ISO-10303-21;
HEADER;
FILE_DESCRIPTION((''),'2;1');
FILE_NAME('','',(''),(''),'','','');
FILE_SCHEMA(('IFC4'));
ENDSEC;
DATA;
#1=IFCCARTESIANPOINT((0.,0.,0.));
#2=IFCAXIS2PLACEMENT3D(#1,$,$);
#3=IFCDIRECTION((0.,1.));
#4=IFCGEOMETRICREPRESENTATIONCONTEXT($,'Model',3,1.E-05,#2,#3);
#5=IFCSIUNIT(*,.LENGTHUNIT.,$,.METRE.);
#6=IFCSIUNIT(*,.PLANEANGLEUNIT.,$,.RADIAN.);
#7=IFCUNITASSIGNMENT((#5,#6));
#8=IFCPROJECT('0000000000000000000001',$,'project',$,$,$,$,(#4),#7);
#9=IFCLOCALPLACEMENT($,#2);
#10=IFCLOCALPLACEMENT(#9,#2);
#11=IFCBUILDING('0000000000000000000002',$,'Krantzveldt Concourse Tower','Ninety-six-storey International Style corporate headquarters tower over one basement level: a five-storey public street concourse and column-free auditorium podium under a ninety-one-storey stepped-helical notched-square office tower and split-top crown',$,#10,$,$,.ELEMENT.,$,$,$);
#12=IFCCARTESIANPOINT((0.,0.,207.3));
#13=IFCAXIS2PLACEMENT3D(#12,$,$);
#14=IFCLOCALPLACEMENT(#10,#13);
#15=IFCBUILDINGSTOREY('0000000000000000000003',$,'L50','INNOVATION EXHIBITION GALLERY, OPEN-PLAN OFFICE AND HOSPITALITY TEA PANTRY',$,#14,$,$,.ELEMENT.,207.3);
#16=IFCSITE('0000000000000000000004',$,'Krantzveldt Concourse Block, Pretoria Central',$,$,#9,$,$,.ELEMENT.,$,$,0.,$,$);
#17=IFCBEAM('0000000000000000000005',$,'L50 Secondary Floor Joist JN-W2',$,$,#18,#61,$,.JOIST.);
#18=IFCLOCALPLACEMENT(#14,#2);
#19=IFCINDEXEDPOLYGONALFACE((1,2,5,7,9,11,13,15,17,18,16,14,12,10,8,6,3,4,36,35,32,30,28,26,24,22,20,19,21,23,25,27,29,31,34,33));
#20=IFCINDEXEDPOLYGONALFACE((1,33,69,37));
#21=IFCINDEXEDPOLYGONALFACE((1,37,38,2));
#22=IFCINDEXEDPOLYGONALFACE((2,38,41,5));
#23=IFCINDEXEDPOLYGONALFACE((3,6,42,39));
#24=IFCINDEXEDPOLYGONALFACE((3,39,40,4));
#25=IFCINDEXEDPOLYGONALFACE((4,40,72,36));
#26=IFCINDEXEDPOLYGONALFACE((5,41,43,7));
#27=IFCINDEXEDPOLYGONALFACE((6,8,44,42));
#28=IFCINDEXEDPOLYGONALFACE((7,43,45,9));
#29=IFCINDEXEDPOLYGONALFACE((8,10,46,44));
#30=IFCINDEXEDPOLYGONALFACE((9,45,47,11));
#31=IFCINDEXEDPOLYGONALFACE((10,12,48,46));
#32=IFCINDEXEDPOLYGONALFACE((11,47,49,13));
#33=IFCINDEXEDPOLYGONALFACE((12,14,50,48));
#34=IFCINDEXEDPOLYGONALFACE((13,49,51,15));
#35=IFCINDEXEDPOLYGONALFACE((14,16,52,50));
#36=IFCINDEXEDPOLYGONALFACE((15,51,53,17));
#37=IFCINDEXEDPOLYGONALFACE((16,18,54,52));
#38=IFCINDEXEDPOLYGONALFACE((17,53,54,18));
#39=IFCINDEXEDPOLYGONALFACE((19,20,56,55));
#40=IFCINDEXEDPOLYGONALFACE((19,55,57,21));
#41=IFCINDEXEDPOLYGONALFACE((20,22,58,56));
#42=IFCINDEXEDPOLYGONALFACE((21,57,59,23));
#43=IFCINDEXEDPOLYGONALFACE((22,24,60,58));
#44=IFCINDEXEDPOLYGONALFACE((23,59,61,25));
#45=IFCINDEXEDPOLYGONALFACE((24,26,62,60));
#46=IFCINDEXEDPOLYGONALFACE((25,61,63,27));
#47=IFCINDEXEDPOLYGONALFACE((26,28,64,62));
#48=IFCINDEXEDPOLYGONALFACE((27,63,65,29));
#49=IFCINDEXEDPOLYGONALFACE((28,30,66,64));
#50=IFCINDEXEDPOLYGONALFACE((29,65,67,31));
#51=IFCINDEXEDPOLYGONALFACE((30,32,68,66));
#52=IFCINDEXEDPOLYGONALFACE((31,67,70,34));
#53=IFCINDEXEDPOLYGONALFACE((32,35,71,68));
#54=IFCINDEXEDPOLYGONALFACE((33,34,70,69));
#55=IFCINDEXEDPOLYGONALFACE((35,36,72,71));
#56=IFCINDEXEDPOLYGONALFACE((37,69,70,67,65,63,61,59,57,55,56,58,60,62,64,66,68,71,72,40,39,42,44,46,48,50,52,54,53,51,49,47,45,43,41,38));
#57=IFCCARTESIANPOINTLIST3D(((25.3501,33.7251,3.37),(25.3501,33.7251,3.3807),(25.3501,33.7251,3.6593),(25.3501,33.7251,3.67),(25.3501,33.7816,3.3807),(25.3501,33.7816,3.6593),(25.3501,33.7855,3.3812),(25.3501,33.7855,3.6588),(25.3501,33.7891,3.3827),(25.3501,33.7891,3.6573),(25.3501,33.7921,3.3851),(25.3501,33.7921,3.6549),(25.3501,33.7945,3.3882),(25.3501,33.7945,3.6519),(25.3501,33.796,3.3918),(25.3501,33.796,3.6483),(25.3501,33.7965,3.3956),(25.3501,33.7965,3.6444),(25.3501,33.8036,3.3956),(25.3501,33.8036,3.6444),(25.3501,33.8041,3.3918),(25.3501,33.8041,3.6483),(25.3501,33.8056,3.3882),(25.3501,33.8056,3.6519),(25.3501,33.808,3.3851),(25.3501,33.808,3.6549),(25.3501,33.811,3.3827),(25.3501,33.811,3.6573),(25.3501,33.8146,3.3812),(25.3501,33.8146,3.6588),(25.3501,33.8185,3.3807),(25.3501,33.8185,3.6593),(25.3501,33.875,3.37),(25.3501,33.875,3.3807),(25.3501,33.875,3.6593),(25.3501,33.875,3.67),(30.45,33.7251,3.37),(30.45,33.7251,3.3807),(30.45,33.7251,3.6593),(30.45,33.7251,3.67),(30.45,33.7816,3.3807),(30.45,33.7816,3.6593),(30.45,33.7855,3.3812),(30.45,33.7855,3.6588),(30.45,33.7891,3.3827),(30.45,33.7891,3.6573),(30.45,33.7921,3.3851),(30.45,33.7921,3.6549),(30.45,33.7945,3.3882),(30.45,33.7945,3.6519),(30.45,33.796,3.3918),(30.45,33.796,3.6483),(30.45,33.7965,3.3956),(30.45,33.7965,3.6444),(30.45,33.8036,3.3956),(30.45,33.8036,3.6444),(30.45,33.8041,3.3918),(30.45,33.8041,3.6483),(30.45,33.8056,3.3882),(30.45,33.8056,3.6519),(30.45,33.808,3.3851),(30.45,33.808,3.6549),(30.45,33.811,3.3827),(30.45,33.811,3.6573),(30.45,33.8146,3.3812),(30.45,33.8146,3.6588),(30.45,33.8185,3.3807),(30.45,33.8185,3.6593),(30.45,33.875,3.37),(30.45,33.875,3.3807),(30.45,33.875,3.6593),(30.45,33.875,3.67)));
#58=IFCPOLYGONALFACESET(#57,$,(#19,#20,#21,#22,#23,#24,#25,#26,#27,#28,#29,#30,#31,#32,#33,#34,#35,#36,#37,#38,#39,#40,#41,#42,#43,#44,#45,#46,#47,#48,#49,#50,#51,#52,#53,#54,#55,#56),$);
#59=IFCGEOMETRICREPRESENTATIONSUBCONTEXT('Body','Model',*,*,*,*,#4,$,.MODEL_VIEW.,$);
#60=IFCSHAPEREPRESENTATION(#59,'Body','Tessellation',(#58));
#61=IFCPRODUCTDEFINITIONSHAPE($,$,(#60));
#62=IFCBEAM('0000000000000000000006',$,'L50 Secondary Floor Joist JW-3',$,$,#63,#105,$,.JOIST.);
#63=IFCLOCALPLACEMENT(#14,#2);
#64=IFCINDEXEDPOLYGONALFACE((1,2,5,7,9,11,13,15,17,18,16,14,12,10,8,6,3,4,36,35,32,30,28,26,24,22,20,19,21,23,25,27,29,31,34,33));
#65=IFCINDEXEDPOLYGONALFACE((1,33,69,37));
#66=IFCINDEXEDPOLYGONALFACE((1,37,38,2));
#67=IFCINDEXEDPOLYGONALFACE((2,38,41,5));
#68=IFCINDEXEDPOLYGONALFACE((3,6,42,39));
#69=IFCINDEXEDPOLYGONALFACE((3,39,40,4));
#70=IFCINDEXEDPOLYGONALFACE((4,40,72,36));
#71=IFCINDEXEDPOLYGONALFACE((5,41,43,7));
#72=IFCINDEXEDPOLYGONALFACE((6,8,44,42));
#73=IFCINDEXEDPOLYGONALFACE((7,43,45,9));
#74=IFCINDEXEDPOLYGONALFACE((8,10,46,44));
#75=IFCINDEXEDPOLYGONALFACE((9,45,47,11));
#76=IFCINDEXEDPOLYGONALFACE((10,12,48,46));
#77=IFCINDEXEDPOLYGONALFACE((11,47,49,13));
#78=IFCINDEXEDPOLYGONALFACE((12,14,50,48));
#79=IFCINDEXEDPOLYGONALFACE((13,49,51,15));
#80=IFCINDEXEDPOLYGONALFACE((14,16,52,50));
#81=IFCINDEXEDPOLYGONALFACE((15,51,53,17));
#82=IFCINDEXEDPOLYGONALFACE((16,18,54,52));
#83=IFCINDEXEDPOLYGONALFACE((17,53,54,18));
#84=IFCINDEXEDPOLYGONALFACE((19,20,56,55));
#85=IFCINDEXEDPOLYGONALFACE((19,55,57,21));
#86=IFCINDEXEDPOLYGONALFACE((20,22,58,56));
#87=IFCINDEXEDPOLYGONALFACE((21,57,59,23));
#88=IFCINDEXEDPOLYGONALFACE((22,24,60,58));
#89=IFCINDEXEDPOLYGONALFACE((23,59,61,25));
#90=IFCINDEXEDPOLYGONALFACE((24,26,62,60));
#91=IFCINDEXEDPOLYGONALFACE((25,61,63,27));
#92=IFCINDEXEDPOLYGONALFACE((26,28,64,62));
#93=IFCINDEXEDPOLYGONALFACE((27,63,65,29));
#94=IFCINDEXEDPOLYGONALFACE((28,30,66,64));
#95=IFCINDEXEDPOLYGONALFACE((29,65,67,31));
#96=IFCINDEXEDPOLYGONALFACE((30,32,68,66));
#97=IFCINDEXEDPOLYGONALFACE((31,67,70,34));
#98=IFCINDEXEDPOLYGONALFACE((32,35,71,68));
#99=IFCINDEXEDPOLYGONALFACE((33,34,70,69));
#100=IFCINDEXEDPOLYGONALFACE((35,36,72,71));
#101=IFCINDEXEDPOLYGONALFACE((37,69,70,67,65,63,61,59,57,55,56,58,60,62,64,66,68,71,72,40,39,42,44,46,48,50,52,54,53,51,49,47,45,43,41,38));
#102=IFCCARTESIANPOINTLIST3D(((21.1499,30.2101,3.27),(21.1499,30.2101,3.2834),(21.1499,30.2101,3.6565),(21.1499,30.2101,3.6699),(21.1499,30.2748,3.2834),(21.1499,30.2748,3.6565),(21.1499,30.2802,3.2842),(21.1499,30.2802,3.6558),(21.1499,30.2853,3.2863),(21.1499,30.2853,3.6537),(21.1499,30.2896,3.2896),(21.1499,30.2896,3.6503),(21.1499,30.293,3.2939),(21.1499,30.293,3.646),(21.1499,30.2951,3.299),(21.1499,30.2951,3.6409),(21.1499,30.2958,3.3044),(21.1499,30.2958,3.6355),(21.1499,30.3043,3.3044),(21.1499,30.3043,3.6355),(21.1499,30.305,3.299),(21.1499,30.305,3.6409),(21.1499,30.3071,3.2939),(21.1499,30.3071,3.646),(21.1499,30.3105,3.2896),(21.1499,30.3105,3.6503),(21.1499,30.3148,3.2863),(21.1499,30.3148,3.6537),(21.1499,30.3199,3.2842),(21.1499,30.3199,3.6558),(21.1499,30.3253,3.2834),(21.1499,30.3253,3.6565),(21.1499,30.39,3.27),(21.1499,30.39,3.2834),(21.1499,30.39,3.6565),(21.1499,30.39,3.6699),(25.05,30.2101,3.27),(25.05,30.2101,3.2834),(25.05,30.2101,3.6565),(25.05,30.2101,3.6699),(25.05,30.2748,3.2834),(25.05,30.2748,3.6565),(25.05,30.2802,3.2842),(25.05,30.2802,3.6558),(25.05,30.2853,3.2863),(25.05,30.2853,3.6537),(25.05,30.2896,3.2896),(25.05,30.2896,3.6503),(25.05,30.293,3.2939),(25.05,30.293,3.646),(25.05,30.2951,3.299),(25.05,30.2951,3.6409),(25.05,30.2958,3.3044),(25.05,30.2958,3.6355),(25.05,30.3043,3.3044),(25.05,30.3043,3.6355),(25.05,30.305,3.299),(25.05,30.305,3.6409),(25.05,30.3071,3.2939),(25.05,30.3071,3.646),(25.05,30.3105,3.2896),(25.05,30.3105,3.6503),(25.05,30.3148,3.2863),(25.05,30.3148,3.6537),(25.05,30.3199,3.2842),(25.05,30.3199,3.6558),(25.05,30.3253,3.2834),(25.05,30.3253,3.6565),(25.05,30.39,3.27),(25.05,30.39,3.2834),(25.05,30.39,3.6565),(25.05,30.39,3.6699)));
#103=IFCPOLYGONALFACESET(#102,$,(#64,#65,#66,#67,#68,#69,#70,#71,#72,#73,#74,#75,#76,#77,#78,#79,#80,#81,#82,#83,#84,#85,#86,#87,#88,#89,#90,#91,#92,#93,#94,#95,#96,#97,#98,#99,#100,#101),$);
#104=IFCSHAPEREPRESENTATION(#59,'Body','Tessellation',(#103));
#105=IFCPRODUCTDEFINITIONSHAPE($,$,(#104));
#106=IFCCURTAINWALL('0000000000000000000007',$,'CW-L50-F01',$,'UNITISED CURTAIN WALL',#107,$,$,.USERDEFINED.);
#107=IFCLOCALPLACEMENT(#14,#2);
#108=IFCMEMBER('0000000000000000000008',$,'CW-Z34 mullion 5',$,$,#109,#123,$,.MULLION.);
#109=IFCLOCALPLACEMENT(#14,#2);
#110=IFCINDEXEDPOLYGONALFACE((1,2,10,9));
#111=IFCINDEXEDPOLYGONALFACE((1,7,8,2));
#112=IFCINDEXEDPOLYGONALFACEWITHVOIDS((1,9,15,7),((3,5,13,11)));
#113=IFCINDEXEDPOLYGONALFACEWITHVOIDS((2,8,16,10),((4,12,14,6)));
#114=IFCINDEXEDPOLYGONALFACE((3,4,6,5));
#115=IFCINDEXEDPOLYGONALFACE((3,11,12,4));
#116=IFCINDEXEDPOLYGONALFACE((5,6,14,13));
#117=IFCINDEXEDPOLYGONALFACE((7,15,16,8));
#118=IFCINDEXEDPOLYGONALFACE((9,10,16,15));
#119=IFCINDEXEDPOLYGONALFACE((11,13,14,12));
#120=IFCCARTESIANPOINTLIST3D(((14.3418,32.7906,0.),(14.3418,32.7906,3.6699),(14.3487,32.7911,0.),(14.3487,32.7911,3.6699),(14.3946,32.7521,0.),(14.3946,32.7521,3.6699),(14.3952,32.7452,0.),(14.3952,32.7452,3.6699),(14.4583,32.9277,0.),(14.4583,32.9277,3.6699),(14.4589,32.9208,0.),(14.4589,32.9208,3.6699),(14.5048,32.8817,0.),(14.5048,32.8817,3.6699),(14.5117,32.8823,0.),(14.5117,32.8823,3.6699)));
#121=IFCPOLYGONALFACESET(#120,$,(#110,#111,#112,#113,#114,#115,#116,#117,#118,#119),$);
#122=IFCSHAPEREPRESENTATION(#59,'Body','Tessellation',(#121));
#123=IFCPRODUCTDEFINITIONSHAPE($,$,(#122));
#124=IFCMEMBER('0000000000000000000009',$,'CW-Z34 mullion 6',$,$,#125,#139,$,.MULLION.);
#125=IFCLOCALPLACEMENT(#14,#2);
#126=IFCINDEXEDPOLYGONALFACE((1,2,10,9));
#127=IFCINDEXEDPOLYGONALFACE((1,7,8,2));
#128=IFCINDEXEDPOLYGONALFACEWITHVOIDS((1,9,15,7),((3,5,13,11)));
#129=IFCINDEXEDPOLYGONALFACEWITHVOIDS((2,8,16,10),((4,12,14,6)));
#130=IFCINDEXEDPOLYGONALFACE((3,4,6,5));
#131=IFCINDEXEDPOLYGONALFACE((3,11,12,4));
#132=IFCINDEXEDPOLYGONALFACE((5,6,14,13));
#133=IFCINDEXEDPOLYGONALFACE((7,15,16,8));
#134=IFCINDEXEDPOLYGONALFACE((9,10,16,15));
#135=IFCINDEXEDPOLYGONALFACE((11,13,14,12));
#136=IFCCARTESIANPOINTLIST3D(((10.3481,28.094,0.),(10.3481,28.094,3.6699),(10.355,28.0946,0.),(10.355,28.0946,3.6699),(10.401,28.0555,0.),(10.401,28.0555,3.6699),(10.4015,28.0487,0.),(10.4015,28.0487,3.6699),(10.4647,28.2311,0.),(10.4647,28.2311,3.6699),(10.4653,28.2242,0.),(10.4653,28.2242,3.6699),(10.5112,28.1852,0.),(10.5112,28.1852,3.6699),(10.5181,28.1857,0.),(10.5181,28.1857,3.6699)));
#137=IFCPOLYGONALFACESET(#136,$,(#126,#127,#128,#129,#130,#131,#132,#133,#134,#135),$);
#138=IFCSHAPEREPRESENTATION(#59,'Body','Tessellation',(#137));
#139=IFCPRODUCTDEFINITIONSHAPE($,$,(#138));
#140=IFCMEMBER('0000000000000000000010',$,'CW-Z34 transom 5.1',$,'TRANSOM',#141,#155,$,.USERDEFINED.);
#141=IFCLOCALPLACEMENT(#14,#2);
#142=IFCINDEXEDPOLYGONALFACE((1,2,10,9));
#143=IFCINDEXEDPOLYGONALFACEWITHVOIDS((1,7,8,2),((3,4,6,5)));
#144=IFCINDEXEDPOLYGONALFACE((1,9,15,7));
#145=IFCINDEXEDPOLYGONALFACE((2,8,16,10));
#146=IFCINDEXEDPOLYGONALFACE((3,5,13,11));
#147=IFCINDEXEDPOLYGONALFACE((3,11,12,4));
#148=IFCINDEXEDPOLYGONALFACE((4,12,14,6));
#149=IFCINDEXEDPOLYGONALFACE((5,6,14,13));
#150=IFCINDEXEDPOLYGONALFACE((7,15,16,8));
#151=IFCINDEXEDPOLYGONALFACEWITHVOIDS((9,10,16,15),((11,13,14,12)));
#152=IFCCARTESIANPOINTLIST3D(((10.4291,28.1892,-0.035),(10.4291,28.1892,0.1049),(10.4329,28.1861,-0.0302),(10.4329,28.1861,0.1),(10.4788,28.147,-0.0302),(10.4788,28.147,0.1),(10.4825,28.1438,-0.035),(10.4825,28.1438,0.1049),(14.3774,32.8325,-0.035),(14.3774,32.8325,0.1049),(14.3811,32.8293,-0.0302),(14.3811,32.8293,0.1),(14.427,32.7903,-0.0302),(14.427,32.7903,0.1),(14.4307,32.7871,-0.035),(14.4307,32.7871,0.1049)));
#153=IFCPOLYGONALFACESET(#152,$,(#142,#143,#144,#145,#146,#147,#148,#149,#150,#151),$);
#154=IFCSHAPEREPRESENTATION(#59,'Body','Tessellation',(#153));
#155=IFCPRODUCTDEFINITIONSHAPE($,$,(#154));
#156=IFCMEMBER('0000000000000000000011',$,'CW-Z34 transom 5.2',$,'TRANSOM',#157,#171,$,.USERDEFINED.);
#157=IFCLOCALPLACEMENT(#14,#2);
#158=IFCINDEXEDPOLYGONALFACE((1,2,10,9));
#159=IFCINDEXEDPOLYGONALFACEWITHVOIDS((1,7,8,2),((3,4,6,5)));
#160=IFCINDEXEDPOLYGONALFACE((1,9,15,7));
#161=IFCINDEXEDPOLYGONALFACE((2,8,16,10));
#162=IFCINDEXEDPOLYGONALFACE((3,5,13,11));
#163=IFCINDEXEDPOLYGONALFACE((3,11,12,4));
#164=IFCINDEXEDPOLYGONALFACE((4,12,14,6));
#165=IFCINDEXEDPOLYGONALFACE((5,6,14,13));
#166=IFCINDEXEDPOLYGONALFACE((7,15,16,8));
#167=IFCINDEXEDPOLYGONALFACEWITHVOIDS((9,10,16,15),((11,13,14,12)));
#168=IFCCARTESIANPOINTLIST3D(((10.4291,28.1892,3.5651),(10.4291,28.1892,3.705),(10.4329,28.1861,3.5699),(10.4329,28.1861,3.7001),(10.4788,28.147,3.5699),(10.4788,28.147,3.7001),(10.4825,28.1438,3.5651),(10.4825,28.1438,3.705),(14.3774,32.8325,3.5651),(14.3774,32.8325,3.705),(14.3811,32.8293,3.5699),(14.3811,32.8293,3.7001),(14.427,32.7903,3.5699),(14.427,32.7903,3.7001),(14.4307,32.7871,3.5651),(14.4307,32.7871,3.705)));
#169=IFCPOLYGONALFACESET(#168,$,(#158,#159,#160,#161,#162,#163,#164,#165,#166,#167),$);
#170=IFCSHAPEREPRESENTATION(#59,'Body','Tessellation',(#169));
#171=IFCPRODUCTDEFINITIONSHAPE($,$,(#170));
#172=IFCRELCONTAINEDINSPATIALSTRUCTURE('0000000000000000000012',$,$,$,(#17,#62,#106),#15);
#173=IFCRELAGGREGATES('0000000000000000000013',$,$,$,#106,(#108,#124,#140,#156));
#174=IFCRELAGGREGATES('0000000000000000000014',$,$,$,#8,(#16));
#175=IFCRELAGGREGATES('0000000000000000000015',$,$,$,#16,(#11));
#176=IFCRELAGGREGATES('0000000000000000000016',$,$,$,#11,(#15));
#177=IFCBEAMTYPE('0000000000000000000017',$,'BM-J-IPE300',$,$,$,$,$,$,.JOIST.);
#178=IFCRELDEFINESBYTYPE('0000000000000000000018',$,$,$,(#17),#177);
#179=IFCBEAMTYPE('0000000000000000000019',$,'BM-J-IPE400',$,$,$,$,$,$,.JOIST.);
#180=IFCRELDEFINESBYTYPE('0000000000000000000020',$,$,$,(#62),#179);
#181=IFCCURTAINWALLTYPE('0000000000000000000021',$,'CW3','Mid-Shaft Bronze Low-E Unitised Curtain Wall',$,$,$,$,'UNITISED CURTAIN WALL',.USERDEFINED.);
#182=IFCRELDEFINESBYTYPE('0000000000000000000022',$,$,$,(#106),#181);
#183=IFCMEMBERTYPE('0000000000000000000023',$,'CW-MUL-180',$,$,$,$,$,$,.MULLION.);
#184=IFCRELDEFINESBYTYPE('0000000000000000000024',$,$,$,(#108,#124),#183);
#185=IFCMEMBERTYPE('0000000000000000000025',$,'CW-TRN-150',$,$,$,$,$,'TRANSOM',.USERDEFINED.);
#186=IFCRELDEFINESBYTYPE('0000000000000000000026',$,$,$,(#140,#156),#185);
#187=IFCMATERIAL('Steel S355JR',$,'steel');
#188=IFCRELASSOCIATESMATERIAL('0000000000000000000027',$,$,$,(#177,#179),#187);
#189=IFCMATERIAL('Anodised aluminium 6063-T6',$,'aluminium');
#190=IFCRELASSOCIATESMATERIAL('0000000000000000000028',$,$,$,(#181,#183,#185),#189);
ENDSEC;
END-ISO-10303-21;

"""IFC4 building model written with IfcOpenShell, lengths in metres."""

from ifc_helpers import new_model, si_unit, direction, frame, origin, origin_2d, place, context, subcontext, project, spatial, hollow_rectangle, i_section, extrude, source, transform, mapped, material, material_profile, profile_set, type_object, type_shapes, element, aggregate, save


model = new_model("IFC4")

# Units and contexts
model_context = context("Model", 3, precision=1e-05, world=origin(), true_north=direction((0.0, 1.0)))
body_context = subcontext(model_context, "Body", "Model", "MODEL_VIEW")
ifc_project = project(units=[si_unit("LENGTHUNIT", "METRE"), si_unit("PLANEANGLEUNIT", "RADIAN")], contexts=[model_context])

# Site, building, storey
site_placement = place(None, origin())
site = spatial("IfcSite", under=ifc_project, at=site_placement, Name="Krantzveldt Concourse Block, Pretoria Central", CompositionType="ELEMENT", RefElevation=0.0)
building_placement = place(site_placement, origin())
building = spatial("IfcBuilding", under=site, at=building_placement, Name="Krantzveldt Concourse Tower", Description="Ninety-six-storey International Style corporate headquarters tower over one basement level: a five-storey public street concourse and column-free auditorium podium under a ninety-one-storey stepped-helical notched-square office tower and split-top crown", CompositionType="ELEMENT")
storey_placement = place(building_placement, frame((0.0, 0.0, 207.3)))
storey = spatial("IfcBuildingStorey", under=building, at=storey_placement, Name="L50", Description="INNOVATION EXHIBITION GALLERY, OPEN-PLAN OFFICE AND HOSPITALITY TEA PANTRY", CompositionType="ELEMENT", Elevation=207.3)

# Beams
ifc_material_1 = material(Name="Steel S355JR", Category="steel")
ifc_material_profile_1 = material_profile(ifc_material_1, i_section(OverallWidth=0.1499, OverallDepth=0.3, WebThickness=0.0071, FlangeThickness=0.0107, FilletRadius=0.0149, at=origin_2d()), Name="Steel S355JR", Category="steel")
ifc_profile_set_1 = profile_set([ifc_material_profile_1], Name="Steel S355JR - IPE 300")
beam_type_1 = type_object("IfcBeamType", Name="BM-J-IPE300", PredefinedType="JOIST", material=ifc_profile_set_1)
shared_shape_1 = source(origin(), body_context, "Body", "SweptSolid", [
    extrude(i_section(OverallWidth=0.1499, OverallDepth=0.3, WebThickness=0.0071, FlangeThickness=0.0107, FilletRadius=0.0149, at=origin_2d()), origin(), (0.0, 0.0, 1.0), 5.0999),
])
type_shapes(beam_type_1, [shared_shape_1])
for number, where, z_axis, x_axis, name in (
    (1, (25.3501, 33.8, 3.52), (1.0, 0.0, 0.0), (0.0, 1.0, 0.0), "L50 Secondary Floor Joist JN-W2"),
):
    element("IfcBeam", number, at=place(storey_placement, frame(where, z_axis=z_axis, x_axis=x_axis)), inside=storey, type_object=beam_type_1, Name=name, PredefinedType="JOIST", context=body_context, shape_type="MappedRepresentation", body=[
        mapped(shared_shape_1, transform((0.0, 0.0, 0.0), x_axis=(1.0, 0.0, 0.0), y_axis=(0.0, 1.0, 0.0), z_axis=(0.0, 0.0, 1.0), scale=1.0)),
    ])
ifc_material_profile_2 = material_profile(ifc_material_1, i_section(OverallWidth=0.1799, OverallDepth=0.3999, WebThickness=0.0085, FlangeThickness=0.0134, FilletRadius=0.021, at=origin_2d()), Name="Steel S355JR", Category="steel")
ifc_profile_set_2 = profile_set([ifc_material_profile_2], Name="Steel S355JR - IPE 400")
beam_type_2 = type_object("IfcBeamType", Name="BM-J-IPE400", PredefinedType="JOIST", material=ifc_profile_set_2)
shared_shape_2 = source(origin(), body_context, "Body", "SweptSolid", [
    extrude(i_section(OverallWidth=0.1799, OverallDepth=0.3999, WebThickness=0.0085, FlangeThickness=0.0134, FilletRadius=0.021, at=origin_2d()), origin(), (0.0, 0.0, 1.0), 3.9001),
])
type_shapes(beam_type_2, [shared_shape_2])
beam_1_placement = place(storey_placement, frame((21.1499, 30.3, 3.47), z_axis=(1.0, 0.0, 0.0), x_axis=(0.0, 1.0, 0.0)))
element("IfcBeam", 2, at=beam_1_placement, inside=storey, type_object=beam_type_2, Name="L50 Secondary Floor Joist JW-3", PredefinedType="JOIST", context=body_context, shape_type="MappedRepresentation", body=[
    mapped(shared_shape_2, transform((0.0, 0.0, 0.0), x_axis=(1.0, 0.0, 0.0), y_axis=(0.0, 1.0, 0.0), z_axis=(0.0, 0.0, 1.0), scale=1.0)),
])

# Curtain wall, members
ifc_material_2 = material(Name="Anodised aluminium 6063-T6", Category="aluminium")
curtain_wall_type = type_object("IfcCurtainWallType", Name="CW3", Description="Mid-Shaft Bronze Low-E Unitised Curtain Wall", ElementType="UNITISED CURTAIN WALL", PredefinedType="USERDEFINED", material=ifc_material_2)
curtain_wall_placement = place(storey_placement, origin())
curtain_wall = element("IfcCurtainWall", 3, at=curtain_wall_placement, inside=storey, type_object=curtain_wall_type, Name="CW-L50-F01", ObjectType="UNITISED CURTAIN WALL", PredefinedType="USERDEFINED")
ifc_material_profile_3 = material_profile(ifc_material_2, hollow_rectangle(XDim=0.0701, YDim=0.1799, WallThickness=0.0049, at=origin_2d()), Name="Anodised aluminium 6063-T6", Category="aluminium")
ifc_profile_set_3 = profile_set([ifc_material_profile_3], Name="Anodised aluminium 6063-T6 - ALU-MULL 180x70x5")
member_type_1 = type_object("IfcMemberType", Name="CW-MUL-180", PredefinedType="MULLION", material=ifc_profile_set_3)
shared_shape_3 = source(origin(), body_context, "Body", "SweptSolid", [
    extrude(hollow_rectangle(XDim=0.0701, YDim=0.1799, WallThickness=0.0049, at=origin_2d()), origin(), (0.0, 0.0, 1.0), 3.6699),
])
type_shapes(member_type_1, [shared_shape_3])
member_1_placement = place(storey_placement, frame((14.4268, 32.8364, 0.0), z_axis=(0.0, 0.0, 1.0), x_axis=(0.761821, -0.647788, 0.0)))
member_1 = element("IfcMember", 4, at=member_1_placement, type_object=member_type_1, Name="CW-Z34 mullion 5", PredefinedType="MULLION", context=body_context, shape_type="MappedRepresentation", body=[
    mapped(shared_shape_3, transform((0.0, 0.0, 0.0), x_axis=(1.0, 0.0, 0.0), y_axis=(0.0, 1.0, 0.0), z_axis=(0.0, 0.0, 1.0), scale=1.0)),
])
member_2_placement = place(storey_placement, frame((10.4331, 28.1399, 0.0), z_axis=(0.0, 0.0, 1.0), x_axis=(0.761821, -0.647788, 0.0)))
member_2 = element("IfcMember", 5, at=member_2_placement, type_object=member_type_1, Name="CW-Z34 mullion 6", PredefinedType="MULLION", context=body_context, shape_type="MappedRepresentation", body=[
    mapped(shared_shape_3, transform((0.0, 0.0, 0.0), x_axis=(1.0, 0.0, 0.0), y_axis=(0.0, 1.0, 0.0), z_axis=(0.0, 0.0, 1.0), scale=1.0)),
])
ifc_material_profile_4 = material_profile(ifc_material_2, hollow_rectangle(XDim=0.0701, YDim=0.1399, WallThickness=0.0049, at=origin_2d()), Name="Anodised aluminium 6063-T6", Category="aluminium")
ifc_profile_set_4 = profile_set([ifc_material_profile_4], Name="Anodised aluminium 6063-T6 - ALU-TRAN 140x70x5")
member_type_2 = type_object("IfcMemberType", Name="CW-TRN-150", ElementType="TRANSOM", PredefinedType="USERDEFINED", material=ifc_profile_set_4)
shared_shape_4 = source(origin(), body_context, "Body", "SweptSolid", [
    extrude(hollow_rectangle(XDim=0.0701, YDim=0.1399, WallThickness=0.0049, at=origin_2d()), origin(), (0.0, 0.0, 1.0), 6.095),
])
type_shapes(member_type_2, [shared_shape_4])
member_3_placement = place(storey_placement, frame((14.4041, 32.8098, 0.0349), z_axis=(-0.647784, -0.761824, 0.0), x_axis=(0.761824, -0.647784, 0.0)))
member_3 = element("IfcMember", 6, at=member_3_placement, type_object=member_type_2, Name="CW-Z34 transom 5.1", ObjectType="TRANSOM", PredefinedType="USERDEFINED", context=body_context, shape_type="MappedRepresentation", body=[
    mapped(shared_shape_4, transform((0.0, 0.0, 0.0), x_axis=(1.0, 0.0, 0.0), y_axis=(0.0, 1.0, 0.0), z_axis=(0.0, 0.0, 1.0), scale=1.0)),
])
member_4_placement = place(storey_placement, frame((14.4041, 32.8098, 3.635), z_axis=(-0.647784, -0.761824, 0.0), x_axis=(0.761824, -0.647784, 0.0)))
member_4 = element("IfcMember", 7, at=member_4_placement, type_object=member_type_2, Name="CW-Z34 transom 5.2", ObjectType="TRANSOM", PredefinedType="USERDEFINED", context=body_context, shape_type="MappedRepresentation", body=[
    mapped(shared_shape_4, transform((0.0, 0.0, 0.0), x_axis=(1.0, 0.0, 0.0), y_axis=(0.0, 1.0, 0.0), z_axis=(0.0, 0.0, 1.0), scale=1.0)),
])
aggregate(curtain_wall, [member_1, member_2, member_3, member_4])

save(model, "model.ifc")
